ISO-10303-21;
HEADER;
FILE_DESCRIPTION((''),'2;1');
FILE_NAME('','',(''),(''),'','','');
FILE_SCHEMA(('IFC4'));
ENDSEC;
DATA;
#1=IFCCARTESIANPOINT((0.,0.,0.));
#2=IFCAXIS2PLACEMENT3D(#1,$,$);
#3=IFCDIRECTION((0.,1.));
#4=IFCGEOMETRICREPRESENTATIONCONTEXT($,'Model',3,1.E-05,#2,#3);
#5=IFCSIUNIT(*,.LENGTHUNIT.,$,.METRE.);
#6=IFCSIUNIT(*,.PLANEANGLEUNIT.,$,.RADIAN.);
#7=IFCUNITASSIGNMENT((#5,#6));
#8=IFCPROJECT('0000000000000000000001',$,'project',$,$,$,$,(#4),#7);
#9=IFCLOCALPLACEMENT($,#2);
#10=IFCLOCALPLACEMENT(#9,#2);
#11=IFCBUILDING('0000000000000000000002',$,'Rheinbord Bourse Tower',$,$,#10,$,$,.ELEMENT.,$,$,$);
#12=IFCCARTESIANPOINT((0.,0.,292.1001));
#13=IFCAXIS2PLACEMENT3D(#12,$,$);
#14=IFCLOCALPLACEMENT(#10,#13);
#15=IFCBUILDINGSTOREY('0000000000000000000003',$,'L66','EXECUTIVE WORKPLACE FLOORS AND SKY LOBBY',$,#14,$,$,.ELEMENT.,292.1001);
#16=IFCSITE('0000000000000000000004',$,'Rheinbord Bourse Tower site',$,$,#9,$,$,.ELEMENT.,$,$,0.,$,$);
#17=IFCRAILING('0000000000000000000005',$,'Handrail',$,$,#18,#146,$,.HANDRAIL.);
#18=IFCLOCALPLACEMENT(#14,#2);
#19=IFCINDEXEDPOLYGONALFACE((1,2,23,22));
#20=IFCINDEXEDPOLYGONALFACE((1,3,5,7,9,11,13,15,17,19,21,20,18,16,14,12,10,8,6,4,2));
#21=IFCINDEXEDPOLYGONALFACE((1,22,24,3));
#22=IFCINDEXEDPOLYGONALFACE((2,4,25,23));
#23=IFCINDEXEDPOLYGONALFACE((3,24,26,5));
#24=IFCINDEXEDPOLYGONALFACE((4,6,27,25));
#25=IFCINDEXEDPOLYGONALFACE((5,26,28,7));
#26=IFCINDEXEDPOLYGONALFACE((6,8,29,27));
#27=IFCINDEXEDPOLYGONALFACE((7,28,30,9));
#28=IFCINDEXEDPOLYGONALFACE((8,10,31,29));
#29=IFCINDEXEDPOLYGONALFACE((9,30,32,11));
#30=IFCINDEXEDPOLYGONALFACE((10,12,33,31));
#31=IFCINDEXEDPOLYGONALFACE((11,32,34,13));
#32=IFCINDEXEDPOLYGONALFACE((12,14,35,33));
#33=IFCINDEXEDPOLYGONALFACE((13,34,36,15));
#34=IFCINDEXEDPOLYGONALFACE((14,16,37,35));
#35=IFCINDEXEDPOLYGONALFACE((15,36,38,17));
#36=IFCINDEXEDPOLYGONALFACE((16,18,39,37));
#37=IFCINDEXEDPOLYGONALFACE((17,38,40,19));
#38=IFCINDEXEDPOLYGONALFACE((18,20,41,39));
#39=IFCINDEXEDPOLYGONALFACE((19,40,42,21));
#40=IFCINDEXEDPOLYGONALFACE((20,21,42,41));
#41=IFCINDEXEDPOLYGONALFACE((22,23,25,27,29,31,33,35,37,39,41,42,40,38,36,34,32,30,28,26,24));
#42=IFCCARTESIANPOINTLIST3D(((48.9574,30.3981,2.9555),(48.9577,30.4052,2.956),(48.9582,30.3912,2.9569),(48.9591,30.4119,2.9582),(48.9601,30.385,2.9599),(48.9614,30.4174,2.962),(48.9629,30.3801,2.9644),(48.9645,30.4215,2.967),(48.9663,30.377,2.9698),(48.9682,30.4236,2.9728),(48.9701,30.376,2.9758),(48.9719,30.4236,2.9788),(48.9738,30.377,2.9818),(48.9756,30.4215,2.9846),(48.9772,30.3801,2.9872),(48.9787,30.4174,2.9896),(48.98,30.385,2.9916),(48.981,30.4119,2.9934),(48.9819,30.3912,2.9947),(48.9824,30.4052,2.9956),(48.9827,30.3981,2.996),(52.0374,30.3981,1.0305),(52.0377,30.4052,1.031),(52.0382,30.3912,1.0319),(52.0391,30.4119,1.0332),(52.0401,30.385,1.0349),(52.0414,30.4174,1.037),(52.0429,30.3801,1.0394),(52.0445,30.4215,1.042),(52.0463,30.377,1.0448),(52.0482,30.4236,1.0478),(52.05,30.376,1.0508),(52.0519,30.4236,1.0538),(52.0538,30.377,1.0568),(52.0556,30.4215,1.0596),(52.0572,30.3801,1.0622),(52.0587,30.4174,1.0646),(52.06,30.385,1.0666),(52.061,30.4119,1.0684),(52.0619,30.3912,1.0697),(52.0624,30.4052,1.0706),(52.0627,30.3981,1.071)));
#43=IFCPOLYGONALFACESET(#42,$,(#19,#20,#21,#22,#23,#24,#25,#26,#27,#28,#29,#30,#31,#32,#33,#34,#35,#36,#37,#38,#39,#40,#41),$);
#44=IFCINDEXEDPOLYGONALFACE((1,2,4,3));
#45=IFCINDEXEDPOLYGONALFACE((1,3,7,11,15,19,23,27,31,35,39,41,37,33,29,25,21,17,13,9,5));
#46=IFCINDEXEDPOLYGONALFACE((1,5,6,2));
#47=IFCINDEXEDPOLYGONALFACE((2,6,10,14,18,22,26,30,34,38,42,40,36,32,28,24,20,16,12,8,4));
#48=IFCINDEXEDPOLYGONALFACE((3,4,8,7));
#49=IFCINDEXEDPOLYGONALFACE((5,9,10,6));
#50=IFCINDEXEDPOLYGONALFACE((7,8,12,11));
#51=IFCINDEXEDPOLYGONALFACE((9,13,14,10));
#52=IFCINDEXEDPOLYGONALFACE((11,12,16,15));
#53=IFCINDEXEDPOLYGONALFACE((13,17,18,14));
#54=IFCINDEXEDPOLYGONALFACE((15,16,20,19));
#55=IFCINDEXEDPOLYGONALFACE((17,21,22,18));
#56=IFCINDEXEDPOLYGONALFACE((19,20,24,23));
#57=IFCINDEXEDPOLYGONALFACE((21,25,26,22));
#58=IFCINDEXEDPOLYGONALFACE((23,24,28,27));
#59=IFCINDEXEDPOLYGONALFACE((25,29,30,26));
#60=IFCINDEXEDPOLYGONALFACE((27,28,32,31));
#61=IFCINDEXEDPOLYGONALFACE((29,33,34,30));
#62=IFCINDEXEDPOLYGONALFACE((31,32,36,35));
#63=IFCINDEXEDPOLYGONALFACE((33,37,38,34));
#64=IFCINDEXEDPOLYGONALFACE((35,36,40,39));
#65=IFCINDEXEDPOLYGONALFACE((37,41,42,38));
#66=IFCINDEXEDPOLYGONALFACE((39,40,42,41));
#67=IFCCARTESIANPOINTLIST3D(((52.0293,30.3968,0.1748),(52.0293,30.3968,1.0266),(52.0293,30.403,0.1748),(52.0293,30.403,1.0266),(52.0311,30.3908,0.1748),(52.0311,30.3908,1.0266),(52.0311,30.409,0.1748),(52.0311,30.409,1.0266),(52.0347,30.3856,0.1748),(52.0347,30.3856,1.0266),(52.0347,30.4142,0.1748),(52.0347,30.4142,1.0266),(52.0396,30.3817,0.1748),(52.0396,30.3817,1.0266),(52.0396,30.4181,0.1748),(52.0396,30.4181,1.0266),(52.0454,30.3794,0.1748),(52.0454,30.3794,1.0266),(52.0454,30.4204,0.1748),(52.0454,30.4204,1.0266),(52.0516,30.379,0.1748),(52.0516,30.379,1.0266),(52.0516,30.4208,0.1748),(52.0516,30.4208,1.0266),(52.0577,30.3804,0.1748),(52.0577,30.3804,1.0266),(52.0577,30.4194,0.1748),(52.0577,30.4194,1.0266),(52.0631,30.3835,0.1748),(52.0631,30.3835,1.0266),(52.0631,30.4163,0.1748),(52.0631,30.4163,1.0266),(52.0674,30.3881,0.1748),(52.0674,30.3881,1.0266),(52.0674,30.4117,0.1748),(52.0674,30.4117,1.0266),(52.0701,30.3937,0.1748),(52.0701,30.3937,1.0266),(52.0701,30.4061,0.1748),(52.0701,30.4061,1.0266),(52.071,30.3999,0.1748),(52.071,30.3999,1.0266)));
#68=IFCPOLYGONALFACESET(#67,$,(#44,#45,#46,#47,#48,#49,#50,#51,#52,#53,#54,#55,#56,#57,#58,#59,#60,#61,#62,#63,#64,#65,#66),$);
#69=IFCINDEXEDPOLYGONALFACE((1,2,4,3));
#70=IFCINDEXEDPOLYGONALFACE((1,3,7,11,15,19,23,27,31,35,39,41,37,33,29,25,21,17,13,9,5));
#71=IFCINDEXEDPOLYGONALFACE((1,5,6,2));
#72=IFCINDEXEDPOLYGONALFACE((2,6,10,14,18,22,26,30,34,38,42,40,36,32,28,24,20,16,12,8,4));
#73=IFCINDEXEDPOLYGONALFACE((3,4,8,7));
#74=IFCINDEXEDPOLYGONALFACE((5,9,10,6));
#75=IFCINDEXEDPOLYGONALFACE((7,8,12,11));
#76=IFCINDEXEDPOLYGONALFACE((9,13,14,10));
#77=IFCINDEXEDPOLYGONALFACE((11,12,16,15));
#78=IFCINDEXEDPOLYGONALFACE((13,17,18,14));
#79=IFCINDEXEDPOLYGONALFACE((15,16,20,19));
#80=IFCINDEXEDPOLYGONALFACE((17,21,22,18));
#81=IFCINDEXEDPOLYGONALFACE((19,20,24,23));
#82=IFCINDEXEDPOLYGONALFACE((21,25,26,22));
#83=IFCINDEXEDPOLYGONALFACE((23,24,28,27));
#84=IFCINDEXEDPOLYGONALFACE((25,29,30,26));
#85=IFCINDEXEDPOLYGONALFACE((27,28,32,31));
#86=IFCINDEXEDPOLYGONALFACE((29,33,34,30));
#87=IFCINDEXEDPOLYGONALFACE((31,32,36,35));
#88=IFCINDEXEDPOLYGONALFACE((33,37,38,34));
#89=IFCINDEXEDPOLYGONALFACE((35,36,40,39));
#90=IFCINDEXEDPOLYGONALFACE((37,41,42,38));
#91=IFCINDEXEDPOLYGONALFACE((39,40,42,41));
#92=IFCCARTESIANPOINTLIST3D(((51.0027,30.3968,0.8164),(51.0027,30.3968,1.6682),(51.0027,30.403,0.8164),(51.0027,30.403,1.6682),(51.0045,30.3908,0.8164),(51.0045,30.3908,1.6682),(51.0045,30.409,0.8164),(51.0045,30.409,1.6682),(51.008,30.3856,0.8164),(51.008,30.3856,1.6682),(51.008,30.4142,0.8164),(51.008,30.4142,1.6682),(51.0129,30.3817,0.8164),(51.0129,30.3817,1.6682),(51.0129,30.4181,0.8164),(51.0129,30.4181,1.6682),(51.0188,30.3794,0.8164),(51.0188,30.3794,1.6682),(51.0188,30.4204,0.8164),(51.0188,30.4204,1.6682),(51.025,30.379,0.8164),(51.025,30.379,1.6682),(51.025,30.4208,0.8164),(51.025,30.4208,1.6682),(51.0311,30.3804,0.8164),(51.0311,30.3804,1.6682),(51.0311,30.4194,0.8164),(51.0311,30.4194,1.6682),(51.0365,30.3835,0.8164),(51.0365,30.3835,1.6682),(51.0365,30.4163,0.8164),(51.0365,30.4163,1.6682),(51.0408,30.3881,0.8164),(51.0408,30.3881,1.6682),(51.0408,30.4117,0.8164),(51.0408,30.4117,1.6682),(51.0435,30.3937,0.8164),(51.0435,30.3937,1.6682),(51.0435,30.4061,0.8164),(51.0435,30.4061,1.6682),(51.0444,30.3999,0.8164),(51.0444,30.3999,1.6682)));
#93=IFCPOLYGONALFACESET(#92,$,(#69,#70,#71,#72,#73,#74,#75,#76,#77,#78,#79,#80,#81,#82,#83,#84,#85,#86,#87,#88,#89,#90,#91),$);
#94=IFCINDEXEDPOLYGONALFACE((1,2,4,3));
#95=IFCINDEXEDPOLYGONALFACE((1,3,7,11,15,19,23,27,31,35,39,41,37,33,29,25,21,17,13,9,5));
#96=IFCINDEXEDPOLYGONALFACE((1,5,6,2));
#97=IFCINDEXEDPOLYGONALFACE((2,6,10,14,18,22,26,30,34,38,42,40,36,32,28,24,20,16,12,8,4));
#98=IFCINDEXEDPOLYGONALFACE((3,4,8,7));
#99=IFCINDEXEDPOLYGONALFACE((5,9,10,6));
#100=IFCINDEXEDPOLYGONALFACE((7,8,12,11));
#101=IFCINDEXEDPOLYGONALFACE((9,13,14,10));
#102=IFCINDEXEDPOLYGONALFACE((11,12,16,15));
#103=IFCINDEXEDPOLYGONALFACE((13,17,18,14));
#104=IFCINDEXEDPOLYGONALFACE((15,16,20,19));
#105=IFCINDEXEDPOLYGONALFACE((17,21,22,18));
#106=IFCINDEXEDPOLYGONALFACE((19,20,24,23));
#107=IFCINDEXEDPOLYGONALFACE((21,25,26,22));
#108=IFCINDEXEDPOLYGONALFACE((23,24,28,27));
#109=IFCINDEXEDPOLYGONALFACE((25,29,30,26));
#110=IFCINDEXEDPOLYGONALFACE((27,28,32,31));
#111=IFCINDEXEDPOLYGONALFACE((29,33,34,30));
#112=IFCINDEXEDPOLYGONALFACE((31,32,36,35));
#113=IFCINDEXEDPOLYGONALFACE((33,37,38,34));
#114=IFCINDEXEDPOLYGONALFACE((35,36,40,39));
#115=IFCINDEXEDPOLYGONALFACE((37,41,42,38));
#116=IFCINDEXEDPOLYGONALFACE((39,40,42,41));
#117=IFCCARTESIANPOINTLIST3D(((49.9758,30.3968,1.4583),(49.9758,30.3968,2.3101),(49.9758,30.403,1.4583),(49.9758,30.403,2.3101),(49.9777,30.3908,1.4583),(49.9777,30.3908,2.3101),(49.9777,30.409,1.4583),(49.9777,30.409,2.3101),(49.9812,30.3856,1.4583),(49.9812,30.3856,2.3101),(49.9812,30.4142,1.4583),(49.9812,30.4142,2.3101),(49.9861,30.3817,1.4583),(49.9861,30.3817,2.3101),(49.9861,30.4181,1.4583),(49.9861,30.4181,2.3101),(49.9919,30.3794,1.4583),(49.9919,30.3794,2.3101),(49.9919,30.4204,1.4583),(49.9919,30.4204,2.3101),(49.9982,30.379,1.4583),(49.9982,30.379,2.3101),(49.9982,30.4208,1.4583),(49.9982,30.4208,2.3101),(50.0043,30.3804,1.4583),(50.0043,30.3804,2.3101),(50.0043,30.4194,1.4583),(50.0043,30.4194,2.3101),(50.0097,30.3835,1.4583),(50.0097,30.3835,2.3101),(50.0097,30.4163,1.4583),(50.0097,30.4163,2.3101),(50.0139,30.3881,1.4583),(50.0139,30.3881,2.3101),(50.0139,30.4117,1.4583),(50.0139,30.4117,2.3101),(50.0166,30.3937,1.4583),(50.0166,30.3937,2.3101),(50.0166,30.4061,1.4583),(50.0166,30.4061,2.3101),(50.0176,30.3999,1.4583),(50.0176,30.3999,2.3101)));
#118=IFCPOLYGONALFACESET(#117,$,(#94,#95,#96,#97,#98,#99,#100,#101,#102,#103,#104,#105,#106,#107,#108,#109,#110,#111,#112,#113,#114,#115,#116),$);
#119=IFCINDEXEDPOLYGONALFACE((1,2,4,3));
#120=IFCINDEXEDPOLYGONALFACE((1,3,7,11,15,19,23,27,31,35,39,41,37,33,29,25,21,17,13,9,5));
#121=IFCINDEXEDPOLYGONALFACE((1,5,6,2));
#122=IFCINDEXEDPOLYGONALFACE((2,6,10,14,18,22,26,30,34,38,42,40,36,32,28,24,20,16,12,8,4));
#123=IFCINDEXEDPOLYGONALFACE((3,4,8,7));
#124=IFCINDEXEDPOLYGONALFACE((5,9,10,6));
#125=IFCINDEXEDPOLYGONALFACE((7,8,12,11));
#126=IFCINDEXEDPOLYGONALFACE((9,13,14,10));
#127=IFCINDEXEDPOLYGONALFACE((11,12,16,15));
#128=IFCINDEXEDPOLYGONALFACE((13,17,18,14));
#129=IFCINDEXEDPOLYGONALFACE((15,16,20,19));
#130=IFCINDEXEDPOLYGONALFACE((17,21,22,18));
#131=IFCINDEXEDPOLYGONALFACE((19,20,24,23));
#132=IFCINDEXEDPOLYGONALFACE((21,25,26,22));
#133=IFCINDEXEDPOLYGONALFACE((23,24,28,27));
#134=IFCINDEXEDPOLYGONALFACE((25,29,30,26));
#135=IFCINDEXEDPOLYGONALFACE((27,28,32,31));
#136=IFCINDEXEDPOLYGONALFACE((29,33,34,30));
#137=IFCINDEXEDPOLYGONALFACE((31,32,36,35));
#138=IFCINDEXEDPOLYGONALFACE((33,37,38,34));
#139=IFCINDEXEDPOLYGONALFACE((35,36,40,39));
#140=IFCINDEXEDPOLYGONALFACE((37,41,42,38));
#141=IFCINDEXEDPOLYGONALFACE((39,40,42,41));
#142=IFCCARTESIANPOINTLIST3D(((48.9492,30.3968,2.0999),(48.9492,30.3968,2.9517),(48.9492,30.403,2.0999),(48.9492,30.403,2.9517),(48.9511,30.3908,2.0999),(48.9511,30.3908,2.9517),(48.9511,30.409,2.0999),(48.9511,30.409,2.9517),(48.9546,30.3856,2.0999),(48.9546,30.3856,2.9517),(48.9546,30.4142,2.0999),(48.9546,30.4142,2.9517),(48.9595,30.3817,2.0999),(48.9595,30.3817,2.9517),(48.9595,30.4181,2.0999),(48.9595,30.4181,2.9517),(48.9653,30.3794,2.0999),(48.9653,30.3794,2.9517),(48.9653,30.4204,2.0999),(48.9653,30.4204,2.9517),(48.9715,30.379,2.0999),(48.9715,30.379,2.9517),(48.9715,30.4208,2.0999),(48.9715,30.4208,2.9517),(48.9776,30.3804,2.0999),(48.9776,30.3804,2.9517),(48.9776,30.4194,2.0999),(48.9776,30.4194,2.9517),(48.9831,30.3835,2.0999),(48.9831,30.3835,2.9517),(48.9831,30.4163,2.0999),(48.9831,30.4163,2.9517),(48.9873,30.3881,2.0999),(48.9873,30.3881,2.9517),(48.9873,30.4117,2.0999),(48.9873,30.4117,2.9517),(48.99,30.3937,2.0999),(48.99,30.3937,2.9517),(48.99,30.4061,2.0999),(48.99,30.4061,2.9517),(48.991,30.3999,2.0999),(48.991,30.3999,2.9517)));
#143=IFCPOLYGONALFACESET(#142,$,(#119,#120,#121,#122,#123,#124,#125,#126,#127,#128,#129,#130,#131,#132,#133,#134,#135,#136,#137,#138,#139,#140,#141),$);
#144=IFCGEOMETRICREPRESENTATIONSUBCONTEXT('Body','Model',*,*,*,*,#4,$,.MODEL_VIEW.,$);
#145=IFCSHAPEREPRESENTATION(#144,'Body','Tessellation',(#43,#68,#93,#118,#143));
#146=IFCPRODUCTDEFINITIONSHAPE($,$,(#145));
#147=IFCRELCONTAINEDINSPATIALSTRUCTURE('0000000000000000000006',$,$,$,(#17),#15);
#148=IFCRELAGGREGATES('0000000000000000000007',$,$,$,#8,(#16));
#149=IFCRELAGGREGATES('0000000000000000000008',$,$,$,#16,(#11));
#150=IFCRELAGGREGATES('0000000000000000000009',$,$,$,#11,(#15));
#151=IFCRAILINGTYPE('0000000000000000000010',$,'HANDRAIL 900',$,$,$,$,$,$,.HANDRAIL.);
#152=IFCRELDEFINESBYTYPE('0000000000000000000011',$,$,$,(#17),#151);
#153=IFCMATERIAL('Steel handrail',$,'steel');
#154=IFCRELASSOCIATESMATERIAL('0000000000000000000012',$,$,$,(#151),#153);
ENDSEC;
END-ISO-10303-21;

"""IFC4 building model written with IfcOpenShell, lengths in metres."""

from ifc_helpers import new_model, si_unit, direction, frame, origin, origin_2d, place, context, subcontext, project, spatial, circle, extrude, material, type_object, element, save


model = new_model("IFC4")

# Units and contexts
model_context = context("Model", 3, precision=1e-05, world=origin(), true_north=direction((0.0, 1.0)))
body_context = subcontext(model_context, "Body", "Model", "MODEL_VIEW")
ifc_project = project(units=[si_unit("LENGTHUNIT", "METRE"), si_unit("PLANEANGLEUNIT", "RADIAN")], contexts=[model_context])

# Site, building, storey
site_placement = place(None, origin())
site = spatial("IfcSite", under=ifc_project, at=site_placement, Name="Rheinbord Bourse Tower site", CompositionType="ELEMENT", RefElevation=0.0)
building_placement = place(site_placement, origin())
building = spatial("IfcBuilding", under=site, at=building_placement, Name="Rheinbord Bourse Tower", CompositionType="ELEMENT")
storey_placement = place(building_placement, frame((0.0, 0.0, 292.1001)))
storey = spatial("IfcBuildingStorey", under=building, at=storey_placement, Name="L66", Description="EXECUTIVE WORKPLACE FLOORS AND SKY LOBBY", CompositionType="ELEMENT", Elevation=292.1001)

# Railing
ifc_material_1 = material(Name="Steel handrail", Category="steel")
railing_type = type_object("IfcRailingType", Name="HANDRAIL 900", PredefinedType="HANDRAIL", material=ifc_material_1)
railing_1_placement = place(storey_placement, frame((52.05, 30.3999, 0.1748)))
element("IfcRailing", 1, at=railing_1_placement, inside=storey, type_object=railing_type, Name="Handrail", PredefinedType="HANDRAIL", context=body_context, shape_type="SweptSolid", body=[
    extrude(circle(Radius=0.0239, at=origin_2d()), frame((0.0, 0.0, 0.876), z_axis=(-0.847998, 0.0, 0.529999), x_axis=(0.0, -1.0, 0.0)), (0.0, 0.0, 1.0), 3.6321),
    extrude(circle(Radius=0.021, at=origin_2d()), origin(), (0.0, 0.0, 1.0), 0.8518),
    extrude(circle(Radius=0.021, at=origin_2d()), frame((-1.0266, 0.0, 0.6416)), (0.0, 0.0, 1.0), 0.8518),
    extrude(circle(Radius=0.021, at=origin_2d()), frame((-2.0535, 0.0, 1.2834)), (0.0, 0.0, 1.0), 0.8518),
    extrude(circle(Radius=0.021, at=origin_2d()), frame((-3.0801, 0.0, 1.925)), (0.0, 0.0, 1.0), 0.8518),
])

save(model, "model.ifc")
